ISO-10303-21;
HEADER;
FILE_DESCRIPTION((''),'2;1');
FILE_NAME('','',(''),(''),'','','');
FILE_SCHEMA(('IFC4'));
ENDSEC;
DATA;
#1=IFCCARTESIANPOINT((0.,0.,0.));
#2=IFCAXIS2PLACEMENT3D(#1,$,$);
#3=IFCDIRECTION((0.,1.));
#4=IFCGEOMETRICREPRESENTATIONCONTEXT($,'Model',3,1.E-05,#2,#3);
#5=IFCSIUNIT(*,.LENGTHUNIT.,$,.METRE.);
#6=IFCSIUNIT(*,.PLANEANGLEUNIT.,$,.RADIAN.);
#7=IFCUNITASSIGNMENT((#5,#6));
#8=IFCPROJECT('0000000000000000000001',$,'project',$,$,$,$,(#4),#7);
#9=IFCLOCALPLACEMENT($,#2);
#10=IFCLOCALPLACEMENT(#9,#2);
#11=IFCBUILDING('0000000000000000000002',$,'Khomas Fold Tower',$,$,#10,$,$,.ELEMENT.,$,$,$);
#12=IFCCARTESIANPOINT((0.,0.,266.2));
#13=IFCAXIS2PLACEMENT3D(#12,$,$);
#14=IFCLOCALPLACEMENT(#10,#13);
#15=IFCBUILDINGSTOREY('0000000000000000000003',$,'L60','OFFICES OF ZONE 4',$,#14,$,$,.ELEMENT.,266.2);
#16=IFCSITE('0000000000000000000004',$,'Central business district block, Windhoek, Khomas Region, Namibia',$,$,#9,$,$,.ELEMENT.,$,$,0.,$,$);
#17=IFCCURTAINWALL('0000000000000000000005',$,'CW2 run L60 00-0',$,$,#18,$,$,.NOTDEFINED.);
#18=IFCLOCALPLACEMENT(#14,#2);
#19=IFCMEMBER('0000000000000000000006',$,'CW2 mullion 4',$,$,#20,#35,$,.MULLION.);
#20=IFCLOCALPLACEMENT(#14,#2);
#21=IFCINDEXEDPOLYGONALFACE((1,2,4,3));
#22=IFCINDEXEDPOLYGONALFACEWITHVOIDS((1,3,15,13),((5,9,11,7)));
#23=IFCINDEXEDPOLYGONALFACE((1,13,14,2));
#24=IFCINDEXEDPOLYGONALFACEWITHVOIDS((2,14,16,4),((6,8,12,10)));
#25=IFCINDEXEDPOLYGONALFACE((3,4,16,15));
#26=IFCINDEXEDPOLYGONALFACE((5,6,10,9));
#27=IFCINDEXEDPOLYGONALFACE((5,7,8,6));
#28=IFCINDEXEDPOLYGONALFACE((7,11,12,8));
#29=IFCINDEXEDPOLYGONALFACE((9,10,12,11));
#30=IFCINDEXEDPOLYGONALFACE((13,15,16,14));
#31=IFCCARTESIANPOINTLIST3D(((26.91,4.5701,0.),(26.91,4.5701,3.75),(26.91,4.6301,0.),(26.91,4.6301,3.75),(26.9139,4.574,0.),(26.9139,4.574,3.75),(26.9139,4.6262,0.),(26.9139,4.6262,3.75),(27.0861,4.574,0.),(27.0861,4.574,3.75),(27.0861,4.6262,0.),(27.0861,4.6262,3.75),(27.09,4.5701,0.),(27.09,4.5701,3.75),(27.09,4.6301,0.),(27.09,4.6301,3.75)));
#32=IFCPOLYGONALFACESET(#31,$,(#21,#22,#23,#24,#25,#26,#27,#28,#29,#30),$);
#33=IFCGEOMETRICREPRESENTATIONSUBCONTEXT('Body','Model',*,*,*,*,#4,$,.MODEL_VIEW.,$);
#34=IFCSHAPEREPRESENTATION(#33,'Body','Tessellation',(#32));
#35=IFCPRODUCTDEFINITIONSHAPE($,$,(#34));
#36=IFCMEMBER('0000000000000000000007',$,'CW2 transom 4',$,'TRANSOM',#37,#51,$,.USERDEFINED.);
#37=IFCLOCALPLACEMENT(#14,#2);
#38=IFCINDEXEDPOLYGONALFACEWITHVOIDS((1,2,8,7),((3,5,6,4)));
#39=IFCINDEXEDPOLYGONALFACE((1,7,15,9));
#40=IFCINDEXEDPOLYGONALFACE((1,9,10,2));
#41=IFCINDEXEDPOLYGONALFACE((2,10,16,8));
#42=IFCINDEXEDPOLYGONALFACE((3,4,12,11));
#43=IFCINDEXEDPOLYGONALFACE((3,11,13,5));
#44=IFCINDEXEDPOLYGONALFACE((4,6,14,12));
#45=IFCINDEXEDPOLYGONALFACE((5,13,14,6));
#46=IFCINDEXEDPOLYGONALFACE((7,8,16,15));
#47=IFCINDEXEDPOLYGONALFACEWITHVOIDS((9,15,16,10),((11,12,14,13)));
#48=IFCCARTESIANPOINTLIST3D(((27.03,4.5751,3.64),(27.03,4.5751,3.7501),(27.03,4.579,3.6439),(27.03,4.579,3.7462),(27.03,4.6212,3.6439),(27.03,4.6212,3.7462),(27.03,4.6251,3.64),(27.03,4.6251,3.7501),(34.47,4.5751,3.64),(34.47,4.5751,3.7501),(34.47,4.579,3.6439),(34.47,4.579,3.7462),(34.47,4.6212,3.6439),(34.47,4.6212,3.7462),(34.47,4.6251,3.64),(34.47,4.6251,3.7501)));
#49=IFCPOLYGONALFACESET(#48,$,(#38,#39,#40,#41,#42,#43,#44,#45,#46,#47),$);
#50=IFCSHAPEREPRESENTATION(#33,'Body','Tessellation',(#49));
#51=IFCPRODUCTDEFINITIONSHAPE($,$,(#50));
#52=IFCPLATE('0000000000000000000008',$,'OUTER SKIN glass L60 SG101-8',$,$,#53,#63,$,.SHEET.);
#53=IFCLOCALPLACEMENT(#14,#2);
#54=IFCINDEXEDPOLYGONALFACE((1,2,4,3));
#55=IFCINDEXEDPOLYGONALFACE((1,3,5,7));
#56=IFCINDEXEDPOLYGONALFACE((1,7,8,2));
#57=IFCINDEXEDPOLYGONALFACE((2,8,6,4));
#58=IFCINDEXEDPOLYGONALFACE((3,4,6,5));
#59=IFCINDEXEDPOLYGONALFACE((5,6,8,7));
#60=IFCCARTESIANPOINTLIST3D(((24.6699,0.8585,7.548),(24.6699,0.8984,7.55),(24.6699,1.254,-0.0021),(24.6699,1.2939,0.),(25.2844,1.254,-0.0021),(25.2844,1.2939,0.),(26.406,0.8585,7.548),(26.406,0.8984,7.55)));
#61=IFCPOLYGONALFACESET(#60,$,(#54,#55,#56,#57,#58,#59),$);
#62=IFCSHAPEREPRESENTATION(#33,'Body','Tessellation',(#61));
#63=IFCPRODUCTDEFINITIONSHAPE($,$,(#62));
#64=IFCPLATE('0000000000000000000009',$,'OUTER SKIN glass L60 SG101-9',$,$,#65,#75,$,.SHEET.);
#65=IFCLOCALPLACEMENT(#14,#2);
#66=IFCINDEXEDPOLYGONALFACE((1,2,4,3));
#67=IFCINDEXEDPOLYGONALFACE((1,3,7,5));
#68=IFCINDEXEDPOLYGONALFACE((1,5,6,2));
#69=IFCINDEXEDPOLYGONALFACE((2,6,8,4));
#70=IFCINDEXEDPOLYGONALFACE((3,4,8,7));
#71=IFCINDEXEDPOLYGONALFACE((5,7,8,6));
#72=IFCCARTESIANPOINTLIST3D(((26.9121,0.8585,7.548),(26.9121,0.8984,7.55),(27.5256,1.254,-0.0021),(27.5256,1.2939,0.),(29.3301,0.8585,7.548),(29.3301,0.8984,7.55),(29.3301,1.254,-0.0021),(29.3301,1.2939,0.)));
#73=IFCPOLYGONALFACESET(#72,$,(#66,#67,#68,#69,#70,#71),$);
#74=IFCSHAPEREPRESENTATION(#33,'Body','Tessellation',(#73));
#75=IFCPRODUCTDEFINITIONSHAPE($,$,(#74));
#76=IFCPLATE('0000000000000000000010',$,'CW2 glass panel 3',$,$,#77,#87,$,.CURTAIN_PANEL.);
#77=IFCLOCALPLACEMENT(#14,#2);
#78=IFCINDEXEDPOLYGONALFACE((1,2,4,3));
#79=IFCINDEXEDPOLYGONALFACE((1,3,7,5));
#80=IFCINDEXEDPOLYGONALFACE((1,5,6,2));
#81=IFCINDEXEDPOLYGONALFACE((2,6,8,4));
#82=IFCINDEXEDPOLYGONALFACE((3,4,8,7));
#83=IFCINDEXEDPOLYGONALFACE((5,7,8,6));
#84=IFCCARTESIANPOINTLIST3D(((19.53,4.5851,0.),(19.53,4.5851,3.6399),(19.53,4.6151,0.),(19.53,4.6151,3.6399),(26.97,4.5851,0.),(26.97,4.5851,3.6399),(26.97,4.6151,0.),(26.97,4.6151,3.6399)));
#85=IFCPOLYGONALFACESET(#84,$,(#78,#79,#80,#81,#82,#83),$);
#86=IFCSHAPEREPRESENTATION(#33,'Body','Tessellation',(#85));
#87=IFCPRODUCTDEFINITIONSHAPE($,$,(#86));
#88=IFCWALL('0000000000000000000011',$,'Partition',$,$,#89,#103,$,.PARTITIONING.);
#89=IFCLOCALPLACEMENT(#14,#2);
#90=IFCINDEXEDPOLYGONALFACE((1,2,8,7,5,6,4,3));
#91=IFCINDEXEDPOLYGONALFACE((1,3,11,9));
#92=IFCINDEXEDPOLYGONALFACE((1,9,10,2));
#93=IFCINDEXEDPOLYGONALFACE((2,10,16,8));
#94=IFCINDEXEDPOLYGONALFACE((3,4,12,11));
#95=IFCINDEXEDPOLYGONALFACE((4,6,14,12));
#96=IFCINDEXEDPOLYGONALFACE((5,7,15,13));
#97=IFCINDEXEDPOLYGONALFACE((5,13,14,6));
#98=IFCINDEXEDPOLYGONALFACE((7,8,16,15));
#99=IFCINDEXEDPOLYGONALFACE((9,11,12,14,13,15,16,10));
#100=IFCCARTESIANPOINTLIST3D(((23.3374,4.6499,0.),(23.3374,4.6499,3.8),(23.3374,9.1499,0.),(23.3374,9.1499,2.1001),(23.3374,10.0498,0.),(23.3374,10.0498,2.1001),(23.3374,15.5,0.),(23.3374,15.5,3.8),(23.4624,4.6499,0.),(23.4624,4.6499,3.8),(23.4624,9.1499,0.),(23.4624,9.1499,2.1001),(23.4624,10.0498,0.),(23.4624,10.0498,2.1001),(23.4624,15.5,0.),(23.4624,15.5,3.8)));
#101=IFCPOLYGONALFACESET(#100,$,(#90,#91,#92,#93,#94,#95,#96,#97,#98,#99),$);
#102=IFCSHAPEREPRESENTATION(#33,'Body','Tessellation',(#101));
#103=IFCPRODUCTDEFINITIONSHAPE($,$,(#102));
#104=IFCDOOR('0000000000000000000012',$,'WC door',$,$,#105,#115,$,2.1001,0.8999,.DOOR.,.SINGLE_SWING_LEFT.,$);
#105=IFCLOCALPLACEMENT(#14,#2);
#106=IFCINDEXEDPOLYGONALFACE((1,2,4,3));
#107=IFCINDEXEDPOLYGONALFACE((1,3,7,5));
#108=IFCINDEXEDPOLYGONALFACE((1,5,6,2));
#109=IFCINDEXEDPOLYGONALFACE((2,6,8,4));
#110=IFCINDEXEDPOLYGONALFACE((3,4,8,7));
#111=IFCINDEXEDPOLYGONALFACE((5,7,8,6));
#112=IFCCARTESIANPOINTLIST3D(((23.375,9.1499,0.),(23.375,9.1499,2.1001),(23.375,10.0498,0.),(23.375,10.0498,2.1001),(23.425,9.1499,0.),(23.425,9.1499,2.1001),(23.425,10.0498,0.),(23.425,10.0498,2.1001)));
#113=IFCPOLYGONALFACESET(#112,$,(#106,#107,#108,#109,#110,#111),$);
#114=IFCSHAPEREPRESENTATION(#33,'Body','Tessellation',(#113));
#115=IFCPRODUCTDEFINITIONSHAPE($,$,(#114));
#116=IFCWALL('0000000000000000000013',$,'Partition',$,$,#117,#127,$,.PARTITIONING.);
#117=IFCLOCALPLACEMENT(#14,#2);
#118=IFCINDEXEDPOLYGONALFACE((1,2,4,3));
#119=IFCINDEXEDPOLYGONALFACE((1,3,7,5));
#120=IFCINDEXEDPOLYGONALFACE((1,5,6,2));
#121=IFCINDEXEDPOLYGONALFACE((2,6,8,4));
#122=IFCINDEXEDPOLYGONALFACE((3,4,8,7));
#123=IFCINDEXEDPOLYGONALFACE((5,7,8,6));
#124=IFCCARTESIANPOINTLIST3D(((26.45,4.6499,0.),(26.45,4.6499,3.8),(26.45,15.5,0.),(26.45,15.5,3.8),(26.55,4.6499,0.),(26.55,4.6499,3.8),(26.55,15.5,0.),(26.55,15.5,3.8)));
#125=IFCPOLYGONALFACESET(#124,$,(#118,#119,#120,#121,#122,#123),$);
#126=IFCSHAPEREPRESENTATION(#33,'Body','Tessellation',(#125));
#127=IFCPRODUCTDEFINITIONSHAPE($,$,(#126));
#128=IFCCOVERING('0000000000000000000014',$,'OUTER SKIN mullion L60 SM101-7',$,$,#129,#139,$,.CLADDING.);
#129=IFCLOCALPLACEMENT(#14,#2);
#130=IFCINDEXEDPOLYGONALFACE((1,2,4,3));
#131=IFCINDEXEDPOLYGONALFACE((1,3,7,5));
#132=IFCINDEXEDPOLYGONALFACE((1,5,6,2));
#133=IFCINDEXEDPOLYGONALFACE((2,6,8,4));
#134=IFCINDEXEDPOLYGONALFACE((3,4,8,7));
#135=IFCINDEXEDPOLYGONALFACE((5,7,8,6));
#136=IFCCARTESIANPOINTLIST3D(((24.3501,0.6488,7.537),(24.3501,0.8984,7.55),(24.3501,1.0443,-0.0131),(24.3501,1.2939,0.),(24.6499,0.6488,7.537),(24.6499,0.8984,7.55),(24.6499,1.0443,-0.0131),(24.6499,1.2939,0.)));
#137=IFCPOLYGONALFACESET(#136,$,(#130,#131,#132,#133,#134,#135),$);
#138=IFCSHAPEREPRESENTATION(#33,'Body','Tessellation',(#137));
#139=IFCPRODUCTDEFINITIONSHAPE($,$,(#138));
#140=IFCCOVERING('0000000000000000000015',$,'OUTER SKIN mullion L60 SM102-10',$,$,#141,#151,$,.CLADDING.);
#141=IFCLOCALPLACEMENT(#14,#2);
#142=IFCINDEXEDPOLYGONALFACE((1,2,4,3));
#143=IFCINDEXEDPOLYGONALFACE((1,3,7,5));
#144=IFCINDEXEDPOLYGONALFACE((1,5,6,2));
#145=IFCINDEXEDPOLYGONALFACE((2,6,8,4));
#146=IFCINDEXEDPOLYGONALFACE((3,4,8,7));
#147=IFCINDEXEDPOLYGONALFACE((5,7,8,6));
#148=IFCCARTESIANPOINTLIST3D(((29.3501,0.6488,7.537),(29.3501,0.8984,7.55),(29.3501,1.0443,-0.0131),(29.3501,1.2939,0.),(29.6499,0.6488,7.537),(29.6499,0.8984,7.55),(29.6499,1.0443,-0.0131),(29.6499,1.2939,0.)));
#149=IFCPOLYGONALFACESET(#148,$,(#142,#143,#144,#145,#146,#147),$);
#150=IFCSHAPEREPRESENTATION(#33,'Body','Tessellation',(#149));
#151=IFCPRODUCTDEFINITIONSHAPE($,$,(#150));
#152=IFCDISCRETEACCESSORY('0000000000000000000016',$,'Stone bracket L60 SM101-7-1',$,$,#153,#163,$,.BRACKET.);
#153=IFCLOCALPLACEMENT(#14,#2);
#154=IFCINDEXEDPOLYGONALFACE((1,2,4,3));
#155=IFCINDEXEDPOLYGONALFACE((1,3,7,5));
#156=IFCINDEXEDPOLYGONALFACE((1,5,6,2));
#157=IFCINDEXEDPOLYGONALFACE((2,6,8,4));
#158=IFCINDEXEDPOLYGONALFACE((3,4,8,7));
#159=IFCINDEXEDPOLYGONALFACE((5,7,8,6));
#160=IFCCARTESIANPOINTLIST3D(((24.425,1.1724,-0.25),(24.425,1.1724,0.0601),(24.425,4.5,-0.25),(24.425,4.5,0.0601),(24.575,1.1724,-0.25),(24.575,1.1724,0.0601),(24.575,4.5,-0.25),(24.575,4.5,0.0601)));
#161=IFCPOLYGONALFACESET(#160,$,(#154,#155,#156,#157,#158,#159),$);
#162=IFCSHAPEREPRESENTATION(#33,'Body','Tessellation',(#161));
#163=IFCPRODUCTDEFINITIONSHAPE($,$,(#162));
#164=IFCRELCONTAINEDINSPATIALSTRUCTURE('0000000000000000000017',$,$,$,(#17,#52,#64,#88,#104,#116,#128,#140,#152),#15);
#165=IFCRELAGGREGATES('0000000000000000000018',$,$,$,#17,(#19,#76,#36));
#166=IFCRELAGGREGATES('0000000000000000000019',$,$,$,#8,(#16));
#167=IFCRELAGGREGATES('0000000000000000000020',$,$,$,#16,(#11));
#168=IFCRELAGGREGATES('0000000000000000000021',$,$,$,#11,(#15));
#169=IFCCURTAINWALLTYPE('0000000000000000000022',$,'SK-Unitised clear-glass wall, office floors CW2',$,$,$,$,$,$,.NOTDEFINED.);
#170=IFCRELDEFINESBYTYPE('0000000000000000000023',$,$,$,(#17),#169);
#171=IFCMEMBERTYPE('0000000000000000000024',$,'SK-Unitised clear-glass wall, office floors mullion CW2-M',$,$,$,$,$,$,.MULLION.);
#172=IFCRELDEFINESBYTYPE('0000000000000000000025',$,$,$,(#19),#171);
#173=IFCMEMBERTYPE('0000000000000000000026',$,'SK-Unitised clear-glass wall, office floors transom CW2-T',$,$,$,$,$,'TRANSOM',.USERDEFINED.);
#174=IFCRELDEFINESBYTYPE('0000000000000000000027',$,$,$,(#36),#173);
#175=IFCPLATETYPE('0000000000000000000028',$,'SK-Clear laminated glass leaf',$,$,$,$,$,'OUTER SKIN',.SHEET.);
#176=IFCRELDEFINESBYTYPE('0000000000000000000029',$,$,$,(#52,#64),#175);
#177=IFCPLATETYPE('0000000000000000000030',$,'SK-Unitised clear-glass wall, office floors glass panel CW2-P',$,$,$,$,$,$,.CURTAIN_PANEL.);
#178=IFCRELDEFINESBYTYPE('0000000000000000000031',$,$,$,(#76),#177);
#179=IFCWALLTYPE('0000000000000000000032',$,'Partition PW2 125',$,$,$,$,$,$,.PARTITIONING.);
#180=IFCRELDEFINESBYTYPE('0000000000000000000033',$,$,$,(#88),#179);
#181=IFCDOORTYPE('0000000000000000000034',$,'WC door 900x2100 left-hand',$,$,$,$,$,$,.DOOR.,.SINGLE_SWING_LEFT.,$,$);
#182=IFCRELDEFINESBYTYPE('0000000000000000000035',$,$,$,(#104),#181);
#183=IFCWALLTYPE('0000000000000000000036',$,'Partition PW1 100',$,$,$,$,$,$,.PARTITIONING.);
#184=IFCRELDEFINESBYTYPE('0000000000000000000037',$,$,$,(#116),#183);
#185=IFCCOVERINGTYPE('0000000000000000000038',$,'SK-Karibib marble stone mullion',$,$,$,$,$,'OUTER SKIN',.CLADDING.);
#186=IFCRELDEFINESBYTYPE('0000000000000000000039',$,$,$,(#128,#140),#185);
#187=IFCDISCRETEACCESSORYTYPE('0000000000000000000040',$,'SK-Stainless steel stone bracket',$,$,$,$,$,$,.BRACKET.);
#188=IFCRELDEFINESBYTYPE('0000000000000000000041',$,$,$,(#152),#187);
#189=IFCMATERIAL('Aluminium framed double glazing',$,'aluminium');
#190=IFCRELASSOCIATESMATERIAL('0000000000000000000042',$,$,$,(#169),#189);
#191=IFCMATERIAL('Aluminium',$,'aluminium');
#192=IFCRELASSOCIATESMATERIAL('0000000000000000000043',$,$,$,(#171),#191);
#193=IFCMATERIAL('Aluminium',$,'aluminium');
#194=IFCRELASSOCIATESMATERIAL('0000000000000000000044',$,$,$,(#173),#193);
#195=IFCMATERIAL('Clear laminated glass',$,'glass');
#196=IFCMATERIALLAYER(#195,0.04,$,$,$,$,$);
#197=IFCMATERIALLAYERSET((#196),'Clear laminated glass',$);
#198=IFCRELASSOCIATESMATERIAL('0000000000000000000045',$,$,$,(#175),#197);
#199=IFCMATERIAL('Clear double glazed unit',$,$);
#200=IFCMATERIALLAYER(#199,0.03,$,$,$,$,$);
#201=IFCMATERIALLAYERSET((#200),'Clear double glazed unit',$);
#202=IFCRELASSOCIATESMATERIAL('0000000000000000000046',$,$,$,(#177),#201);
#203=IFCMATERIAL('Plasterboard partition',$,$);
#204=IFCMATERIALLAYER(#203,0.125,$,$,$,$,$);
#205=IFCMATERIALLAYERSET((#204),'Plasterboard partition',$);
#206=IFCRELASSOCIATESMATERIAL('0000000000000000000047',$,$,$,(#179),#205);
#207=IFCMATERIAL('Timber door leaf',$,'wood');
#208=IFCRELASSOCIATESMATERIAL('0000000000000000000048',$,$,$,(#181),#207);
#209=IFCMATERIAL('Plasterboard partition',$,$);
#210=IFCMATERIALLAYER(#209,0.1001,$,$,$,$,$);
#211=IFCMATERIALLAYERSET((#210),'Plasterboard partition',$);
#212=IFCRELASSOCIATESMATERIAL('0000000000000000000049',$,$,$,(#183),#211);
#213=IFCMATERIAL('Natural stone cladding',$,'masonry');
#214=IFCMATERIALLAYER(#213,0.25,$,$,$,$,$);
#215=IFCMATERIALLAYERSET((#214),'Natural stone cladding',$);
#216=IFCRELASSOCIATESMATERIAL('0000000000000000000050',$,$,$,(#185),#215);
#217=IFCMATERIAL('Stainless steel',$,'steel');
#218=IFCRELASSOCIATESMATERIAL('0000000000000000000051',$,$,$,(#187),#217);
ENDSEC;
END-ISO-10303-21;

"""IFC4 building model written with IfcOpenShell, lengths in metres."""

from ifc_helpers import new_model, si_unit, direction, frame, frame_2d, origin, origin_2d, place, context, subcontext, project, spatial, polyline, rectangle, hollow_rectangle, outline, extrude, source, transform, mapped, material, layer, layer_set, material_profile, profile_set, type_object, element, fill, aggregate, save


model = new_model("IFC4")

# Units and contexts
model_context = context("Model", 3, precision=1e-05, world=origin(), true_north=direction((0.0, 1.0)))
body_context = subcontext(model_context, "Body", "Model", "MODEL_VIEW")
ifc_project = project(units=[si_unit("LENGTHUNIT", "METRE"), si_unit("PLANEANGLEUNIT", "RADIAN")], contexts=[model_context])

# Site, building, storey
site_placement = place(None, origin())
site = spatial("IfcSite", under=ifc_project, at=site_placement, Name="Central business district block, Windhoek, Khomas Region, Namibia", CompositionType="ELEMENT", RefElevation=0.0)
building_placement = place(site_placement, origin())
building = spatial("IfcBuilding", under=site, at=building_placement, Name="Khomas Fold Tower", CompositionType="ELEMENT")
storey_placement = place(building_placement, frame((0.0, 0.0, 266.2)))
storey = spatial("IfcBuildingStorey", under=building, at=storey_placement, Name="L60", Description="OFFICES OF ZONE 4", CompositionType="ELEMENT", Elevation=266.2)

# Curtain wall, members
ifc_material_1 = material(Name="Aluminium framed double glazing", Category="aluminium")
curtain_wall_type = type_object("IfcCurtainWallType", Name="SK-Unitised clear-glass wall, office floors CW2", PredefinedType="NOTDEFINED", material=ifc_material_1)
curtain_wall_placement = place(storey_placement, origin())
curtain_wall = element("IfcCurtainWall", 1, at=curtain_wall_placement, inside=storey, type_object=curtain_wall_type, Name="CW2 run L60 00-0", PredefinedType="NOTDEFINED")
ifc_material_2 = material(Name="Aluminium", Category="aluminium")
ifc_material_profile_1 = material_profile(ifc_material_2, hollow_rectangle(XDim=0.0601, YDim=0.1799, WallThickness=0.0039, at=origin_2d()), Name="SK-Unitised clear-glass wall, office floors mullion CW2-M")
ifc_profile_set_1 = profile_set([ifc_material_profile_1], Name="Aluminium")
member_type_1 = type_object("IfcMemberType", Name="SK-Unitised clear-glass wall, office floors mullion CW2-M", PredefinedType="MULLION", material=ifc_profile_set_1)
shared_shape_1 = source(origin(), body_context, "Body", "SweptSolid", [
    extrude(hollow_rectangle(XDim=0.0601, YDim=0.1799, WallThickness=0.0039, at=origin_2d()), origin(), (0.0, 0.0, 1.0), 3.75),
])
member_1_placement = place(storey_placement, frame((27.0, 4.6001, 0.0), z_axis=(0.0, 0.0, 1.0), x_axis=(0.0, 1.0, 0.0)))
member_1 = element("IfcMember", 2, at=member_1_placement, type_object=member_type_1, Name="CW2 mullion 4", PredefinedType="MULLION", context=body_context, shape_type="MappedRepresentation", body=[
    mapped(shared_shape_1, transform((0.0, 0.0, 0.0))),
])
ifc_material_3 = material(Name="Aluminium", Category="aluminium")
ifc_material_profile_2 = material_profile(ifc_material_3, hollow_rectangle(XDim=0.05, YDim=0.1101, WallThickness=0.0039, at=origin_2d()), Name="SK-Unitised clear-glass wall, office floors transom CW2-T")
ifc_profile_set_2 = profile_set([ifc_material_profile_2], Name="Aluminium")
member_type_2 = type_object("IfcMemberType", Name="SK-Unitised clear-glass wall, office floors transom CW2-T", ElementType="TRANSOM", PredefinedType="USERDEFINED", material=ifc_profile_set_2)
shared_shape_2 = source(origin(), body_context, "Body", "SweptSolid", [
    extrude(hollow_rectangle(XDim=0.05, YDim=0.1101, WallThickness=0.0039, at=origin_2d()), origin(), (0.0, 0.0, 1.0), 7.4399),
])
member_2_placement = place(storey_placement, frame((27.03, 4.6001, 3.6951), z_axis=(1.0, 0.0, 0.0), x_axis=(0.0, 1.0, 0.0)))
member_2 = element("IfcMember", 3, at=member_2_placement, type_object=member_type_2, Name="CW2 transom 4", ObjectType="TRANSOM", PredefinedType="USERDEFINED", context=body_context, shape_type="MappedRepresentation", body=[
    mapped(shared_shape_2, transform((0.0, 0.0, 0.0))),
])

# Plates
ifc_material_4 = material(Name="Clear laminated glass", Category="glass")
ifc_layer_1 = layer(ifc_material_4, 0.04)
ifc_layer_set_1 = layer_set([ifc_layer_1], Name="Clear laminated glass")
plate_type_1 = type_object("IfcPlateType", Name="SK-Clear laminated glass leaf", ElementType="OUTER SKIN", PredefinedType="SHEET", material=ifc_layer_set_1)
plate_1_placement = place(storey_placement, frame((25.2844, 1.2939, 0.0), z_axis=(0.0, 0.998631, 0.052313), x_axis=(-1.0, 0.0, 0.0)))
element("IfcPlate", 4, at=plate_1_placement, inside=storey, type_object=plate_type_1, Name="OUTER SKIN glass L60 SG101-8", PredefinedType="SHEET", context=body_context, shape_type="SweptSolid", body=[
    extrude(outline(polyline([(0.0, 0.0), (0.6145, 0.0), (0.6145, 7.5604), (-1.1216, 7.5604), (0.0, 0.0)])), origin(), (0.0, 0.0, -1.0), 0.04),
])
plate_2_placement = place(storey_placement, frame((27.5256, 1.2939, 0.0), z_axis=(0.0, 0.998631, 0.052313), x_axis=(-0.080884, -0.052142, 0.995359)))
element("IfcPlate", 5, at=plate_2_placement, inside=storey, type_object=plate_type_1, Name="OUTER SKIN glass L60 SG101-9", PredefinedType="SHEET", context=body_context, shape_type="SweptSolid", body=[
    extrude(outline(polyline([(0.0, 0.0), (7.5853, 0.0), (7.3897, 2.41), (-0.146, 1.7985), (0.0, 0.0)])), origin(), (0.0, 0.0, -1.0), 0.04),
])

# Plate
ifc_material_5 = material(Name="Clear double glazed unit")
ifc_layer_2 = layer(ifc_material_5, 0.03)
ifc_layer_set_2 = layer_set([ifc_layer_2], Name="Clear double glazed unit")
plate_type_2 = type_object("IfcPlateType", Name="SK-Unitised clear-glass wall, office floors glass panel CW2-P", PredefinedType="CURTAIN_PANEL", material=ifc_layer_set_2)
shared_shape_3 = source(origin(), body_context, "Body", "SweptSolid", [
    extrude(rectangle(XDim=7.4399, YDim=0.03, at=origin_2d()), origin(), (0.0, 0.0, 1.0), 3.6399),
])
plate_3_placement = place(storey_placement, frame((23.25, 4.6001, 0.0), z_axis=(0.0, 0.0, 1.0), x_axis=(1.0, 0.0, 0.0)))
plate_3 = element("IfcPlate", 6, at=plate_3_placement, type_object=plate_type_2, Name="CW2 glass panel 3", PredefinedType="CURTAIN_PANEL", context=body_context, shape_type="MappedRepresentation", body=[
    mapped(shared_shape_3, transform((0.0, 0.0, 0.0))),
])
aggregate(curtain_wall, [member_1, plate_3, member_2])

# Wall, opening, door
ifc_material_6 = material(Name="Plasterboard partition")
ifc_layer_3 = layer(ifc_material_6, 0.125)
ifc_layer_set_3 = layer_set([ifc_layer_3], Name="Plasterboard partition")
wall_type_1 = type_object("IfcWallType", Name="Partition PW2 125", PredefinedType="PARTITIONING", material=ifc_layer_set_3)
shared_shape_4 = source(origin(), body_context, "Body", "SweptSolid", [
    extrude(rectangle(XDim=10.8501, YDim=0.125, at=frame_2d((5.425, 0.0))), origin(), (0.0, 0.0, 1.0), 3.8),
])
wall_1_placement = place(storey_placement, frame((23.3999, 4.6499, 0.0), z_axis=(0.0, 0.0, 1.0), x_axis=(0.0, 1.0, 0.0)))
wall_1 = element("IfcWall", 7, at=wall_1_placement, inside=storey, type_object=wall_type_1, Name="Partition", PredefinedType="PARTITIONING", context=body_context, shape_type="MappedRepresentation", body=[
    mapped(shared_shape_4, transform((0.0, 0.0, 0.0))),
])
shared_shape_5 = source(origin(), body_context, "Body", "SweptSolid", [
    extrude(rectangle(XDim=0.8999, YDim=2.1001, at=frame_2d((0.45, 1.05))), frame((0.0, 0.0725, 0.0), z_axis=(0.0, -1.0, 0.0), x_axis=(1.0, 0.0, 0.0)), (0.0, 0.0, 1.0), 0.145),
])
opening_placement = place(wall_1_placement, frame((4.5, 0.0, 0.0)))
opening = element("IfcOpeningElement", 8, at=opening_placement, cuts=wall_1, PredefinedType="OPENING", context=body_context, shape_type="MappedRepresentation", body=[
    mapped(shared_shape_5, transform((0.0, 0.0, 0.0))),
])
ifc_material_7 = material(Name="Timber door leaf", Category="wood")
door_type = type_object("IfcDoorType", Name="WC door 900x2100 left-hand", OperationType="SINGLE_SWING_LEFT", PredefinedType="DOOR", material=ifc_material_7)
shared_shape_6 = source(origin(), body_context, "Body", "SweptSolid", [
    extrude(rectangle(XDim=0.8999, YDim=2.1001, at=frame_2d((0.45, 1.05))), frame((0.0, 0.0249, 0.0), z_axis=(0.0, -1.0, 0.0), x_axis=(1.0, 0.0, 0.0)), (0.0, 0.0, 1.0), 0.05),
])
door_placement = place(opening_placement, origin())
door = element("IfcDoor", 9, at=door_placement, inside=storey, type_object=door_type, Name="WC door", OperationType="SINGLE_SWING_LEFT", OverallHeight=2.1001, OverallWidth=0.8999, PredefinedType="DOOR", context=body_context, shape_type="MappedRepresentation", body=[
    mapped(shared_shape_6, transform((0.0, 0.0, 0.0))),
])
fill(opening, door)

# Wall
ifc_material_8 = material(Name="Plasterboard partition")
ifc_layer_4 = layer(ifc_material_8, 0.1001)
ifc_layer_set_4 = layer_set([ifc_layer_4], Name="Plasterboard partition")
wall_type_2 = type_object("IfcWallType", Name="Partition PW1 100", PredefinedType="PARTITIONING", material=ifc_layer_set_4)
shared_shape_7 = source(origin(), body_context, "Body", "SweptSolid", [
    extrude(rectangle(XDim=10.8501, YDim=0.1001, at=frame_2d((5.425, 0.0))), origin(), (0.0, 0.0, 1.0), 3.8),
])
wall_2_placement = place(storey_placement, frame((26.5, 4.6499, 0.0), z_axis=(0.0, 0.0, 1.0), x_axis=(0.0, 1.0, 0.0)))
element("IfcWall", 10, at=wall_2_placement, inside=storey, type_object=wall_type_2, Name="Partition", PredefinedType="PARTITIONING", context=body_context, shape_type="MappedRepresentation", body=[
    mapped(shared_shape_7, transform((0.0, 0.0, 0.0))),
])

# Coverings
ifc_material_9 = material(Name="Natural stone cladding", Category="masonry")
ifc_layer_5 = layer(ifc_material_9, 0.25)
ifc_layer_set_5 = layer_set([ifc_layer_5], Name="Natural stone cladding")
covering_type = type_object("IfcCoveringType", Name="SK-Karibib marble stone mullion", ElementType="OUTER SKIN", PredefinedType="CLADDING", material=ifc_layer_set_5)
for number, where, z_axis, x_axis, name in (
    (11, (24.3501, 1.2939, 0.0), (0.0, 0.998631, 0.052313), (0.0, -0.052313, 0.998631), "OUTER SKIN mullion L60 SM101-7"),
    (12, (29.3501, 1.2939, 0.0), (0.0, 0.998631, 0.052313), (0.0, -0.052313, 0.998631), "OUTER SKIN mullion L60 SM102-10"),
):
    element("IfcCovering", number, at=place(storey_placement, frame(where, z_axis=z_axis, x_axis=x_axis)), inside=storey, type_object=covering_type, Name=name, PredefinedType="CLADDING", context=body_context, shape_type="SweptSolid", body=[
        extrude(outline(polyline([(0.0, 0.0), (7.5604, 0.0), (7.5604, 0.2998), (0.0, 0.2998), (0.0, 0.0)])), origin(), (0.0, 0.0, -1.0), 0.25),
    ])

# Discrete accessory
ifc_material_10 = material(Name="Stainless steel", Category="steel")
discrete_accessory_type = type_object("IfcDiscreteAccessoryType", Name="SK-Stainless steel stone bracket", PredefinedType="BRACKET", material=ifc_material_10)
shared_shape_8 = source(origin(), body_context, "Body", "SweptSolid", [
    extrude(rectangle(XDim=3.3276, YDim=0.1499, at=origin_2d()), origin(), (0.0, 0.0, 1.0), 0.3101),
])
discrete_accessory_placement = place(storey_placement, frame((24.5, 2.8362, -0.25), z_axis=(0.0, 0.0, 1.0), x_axis=(0.0, -1.0, 0.0)))
element("IfcDiscreteAccessory", 13, at=discrete_accessory_placement, inside=storey, type_object=discrete_accessory_type, Name="Stone bracket L60 SM101-7-1", PredefinedType="BRACKET", context=body_context, shape_type="MappedRepresentation", body=[
    mapped(shared_shape_8, transform((0.0, 0.0, 0.0))),
])

save(model, "model.ifc")
